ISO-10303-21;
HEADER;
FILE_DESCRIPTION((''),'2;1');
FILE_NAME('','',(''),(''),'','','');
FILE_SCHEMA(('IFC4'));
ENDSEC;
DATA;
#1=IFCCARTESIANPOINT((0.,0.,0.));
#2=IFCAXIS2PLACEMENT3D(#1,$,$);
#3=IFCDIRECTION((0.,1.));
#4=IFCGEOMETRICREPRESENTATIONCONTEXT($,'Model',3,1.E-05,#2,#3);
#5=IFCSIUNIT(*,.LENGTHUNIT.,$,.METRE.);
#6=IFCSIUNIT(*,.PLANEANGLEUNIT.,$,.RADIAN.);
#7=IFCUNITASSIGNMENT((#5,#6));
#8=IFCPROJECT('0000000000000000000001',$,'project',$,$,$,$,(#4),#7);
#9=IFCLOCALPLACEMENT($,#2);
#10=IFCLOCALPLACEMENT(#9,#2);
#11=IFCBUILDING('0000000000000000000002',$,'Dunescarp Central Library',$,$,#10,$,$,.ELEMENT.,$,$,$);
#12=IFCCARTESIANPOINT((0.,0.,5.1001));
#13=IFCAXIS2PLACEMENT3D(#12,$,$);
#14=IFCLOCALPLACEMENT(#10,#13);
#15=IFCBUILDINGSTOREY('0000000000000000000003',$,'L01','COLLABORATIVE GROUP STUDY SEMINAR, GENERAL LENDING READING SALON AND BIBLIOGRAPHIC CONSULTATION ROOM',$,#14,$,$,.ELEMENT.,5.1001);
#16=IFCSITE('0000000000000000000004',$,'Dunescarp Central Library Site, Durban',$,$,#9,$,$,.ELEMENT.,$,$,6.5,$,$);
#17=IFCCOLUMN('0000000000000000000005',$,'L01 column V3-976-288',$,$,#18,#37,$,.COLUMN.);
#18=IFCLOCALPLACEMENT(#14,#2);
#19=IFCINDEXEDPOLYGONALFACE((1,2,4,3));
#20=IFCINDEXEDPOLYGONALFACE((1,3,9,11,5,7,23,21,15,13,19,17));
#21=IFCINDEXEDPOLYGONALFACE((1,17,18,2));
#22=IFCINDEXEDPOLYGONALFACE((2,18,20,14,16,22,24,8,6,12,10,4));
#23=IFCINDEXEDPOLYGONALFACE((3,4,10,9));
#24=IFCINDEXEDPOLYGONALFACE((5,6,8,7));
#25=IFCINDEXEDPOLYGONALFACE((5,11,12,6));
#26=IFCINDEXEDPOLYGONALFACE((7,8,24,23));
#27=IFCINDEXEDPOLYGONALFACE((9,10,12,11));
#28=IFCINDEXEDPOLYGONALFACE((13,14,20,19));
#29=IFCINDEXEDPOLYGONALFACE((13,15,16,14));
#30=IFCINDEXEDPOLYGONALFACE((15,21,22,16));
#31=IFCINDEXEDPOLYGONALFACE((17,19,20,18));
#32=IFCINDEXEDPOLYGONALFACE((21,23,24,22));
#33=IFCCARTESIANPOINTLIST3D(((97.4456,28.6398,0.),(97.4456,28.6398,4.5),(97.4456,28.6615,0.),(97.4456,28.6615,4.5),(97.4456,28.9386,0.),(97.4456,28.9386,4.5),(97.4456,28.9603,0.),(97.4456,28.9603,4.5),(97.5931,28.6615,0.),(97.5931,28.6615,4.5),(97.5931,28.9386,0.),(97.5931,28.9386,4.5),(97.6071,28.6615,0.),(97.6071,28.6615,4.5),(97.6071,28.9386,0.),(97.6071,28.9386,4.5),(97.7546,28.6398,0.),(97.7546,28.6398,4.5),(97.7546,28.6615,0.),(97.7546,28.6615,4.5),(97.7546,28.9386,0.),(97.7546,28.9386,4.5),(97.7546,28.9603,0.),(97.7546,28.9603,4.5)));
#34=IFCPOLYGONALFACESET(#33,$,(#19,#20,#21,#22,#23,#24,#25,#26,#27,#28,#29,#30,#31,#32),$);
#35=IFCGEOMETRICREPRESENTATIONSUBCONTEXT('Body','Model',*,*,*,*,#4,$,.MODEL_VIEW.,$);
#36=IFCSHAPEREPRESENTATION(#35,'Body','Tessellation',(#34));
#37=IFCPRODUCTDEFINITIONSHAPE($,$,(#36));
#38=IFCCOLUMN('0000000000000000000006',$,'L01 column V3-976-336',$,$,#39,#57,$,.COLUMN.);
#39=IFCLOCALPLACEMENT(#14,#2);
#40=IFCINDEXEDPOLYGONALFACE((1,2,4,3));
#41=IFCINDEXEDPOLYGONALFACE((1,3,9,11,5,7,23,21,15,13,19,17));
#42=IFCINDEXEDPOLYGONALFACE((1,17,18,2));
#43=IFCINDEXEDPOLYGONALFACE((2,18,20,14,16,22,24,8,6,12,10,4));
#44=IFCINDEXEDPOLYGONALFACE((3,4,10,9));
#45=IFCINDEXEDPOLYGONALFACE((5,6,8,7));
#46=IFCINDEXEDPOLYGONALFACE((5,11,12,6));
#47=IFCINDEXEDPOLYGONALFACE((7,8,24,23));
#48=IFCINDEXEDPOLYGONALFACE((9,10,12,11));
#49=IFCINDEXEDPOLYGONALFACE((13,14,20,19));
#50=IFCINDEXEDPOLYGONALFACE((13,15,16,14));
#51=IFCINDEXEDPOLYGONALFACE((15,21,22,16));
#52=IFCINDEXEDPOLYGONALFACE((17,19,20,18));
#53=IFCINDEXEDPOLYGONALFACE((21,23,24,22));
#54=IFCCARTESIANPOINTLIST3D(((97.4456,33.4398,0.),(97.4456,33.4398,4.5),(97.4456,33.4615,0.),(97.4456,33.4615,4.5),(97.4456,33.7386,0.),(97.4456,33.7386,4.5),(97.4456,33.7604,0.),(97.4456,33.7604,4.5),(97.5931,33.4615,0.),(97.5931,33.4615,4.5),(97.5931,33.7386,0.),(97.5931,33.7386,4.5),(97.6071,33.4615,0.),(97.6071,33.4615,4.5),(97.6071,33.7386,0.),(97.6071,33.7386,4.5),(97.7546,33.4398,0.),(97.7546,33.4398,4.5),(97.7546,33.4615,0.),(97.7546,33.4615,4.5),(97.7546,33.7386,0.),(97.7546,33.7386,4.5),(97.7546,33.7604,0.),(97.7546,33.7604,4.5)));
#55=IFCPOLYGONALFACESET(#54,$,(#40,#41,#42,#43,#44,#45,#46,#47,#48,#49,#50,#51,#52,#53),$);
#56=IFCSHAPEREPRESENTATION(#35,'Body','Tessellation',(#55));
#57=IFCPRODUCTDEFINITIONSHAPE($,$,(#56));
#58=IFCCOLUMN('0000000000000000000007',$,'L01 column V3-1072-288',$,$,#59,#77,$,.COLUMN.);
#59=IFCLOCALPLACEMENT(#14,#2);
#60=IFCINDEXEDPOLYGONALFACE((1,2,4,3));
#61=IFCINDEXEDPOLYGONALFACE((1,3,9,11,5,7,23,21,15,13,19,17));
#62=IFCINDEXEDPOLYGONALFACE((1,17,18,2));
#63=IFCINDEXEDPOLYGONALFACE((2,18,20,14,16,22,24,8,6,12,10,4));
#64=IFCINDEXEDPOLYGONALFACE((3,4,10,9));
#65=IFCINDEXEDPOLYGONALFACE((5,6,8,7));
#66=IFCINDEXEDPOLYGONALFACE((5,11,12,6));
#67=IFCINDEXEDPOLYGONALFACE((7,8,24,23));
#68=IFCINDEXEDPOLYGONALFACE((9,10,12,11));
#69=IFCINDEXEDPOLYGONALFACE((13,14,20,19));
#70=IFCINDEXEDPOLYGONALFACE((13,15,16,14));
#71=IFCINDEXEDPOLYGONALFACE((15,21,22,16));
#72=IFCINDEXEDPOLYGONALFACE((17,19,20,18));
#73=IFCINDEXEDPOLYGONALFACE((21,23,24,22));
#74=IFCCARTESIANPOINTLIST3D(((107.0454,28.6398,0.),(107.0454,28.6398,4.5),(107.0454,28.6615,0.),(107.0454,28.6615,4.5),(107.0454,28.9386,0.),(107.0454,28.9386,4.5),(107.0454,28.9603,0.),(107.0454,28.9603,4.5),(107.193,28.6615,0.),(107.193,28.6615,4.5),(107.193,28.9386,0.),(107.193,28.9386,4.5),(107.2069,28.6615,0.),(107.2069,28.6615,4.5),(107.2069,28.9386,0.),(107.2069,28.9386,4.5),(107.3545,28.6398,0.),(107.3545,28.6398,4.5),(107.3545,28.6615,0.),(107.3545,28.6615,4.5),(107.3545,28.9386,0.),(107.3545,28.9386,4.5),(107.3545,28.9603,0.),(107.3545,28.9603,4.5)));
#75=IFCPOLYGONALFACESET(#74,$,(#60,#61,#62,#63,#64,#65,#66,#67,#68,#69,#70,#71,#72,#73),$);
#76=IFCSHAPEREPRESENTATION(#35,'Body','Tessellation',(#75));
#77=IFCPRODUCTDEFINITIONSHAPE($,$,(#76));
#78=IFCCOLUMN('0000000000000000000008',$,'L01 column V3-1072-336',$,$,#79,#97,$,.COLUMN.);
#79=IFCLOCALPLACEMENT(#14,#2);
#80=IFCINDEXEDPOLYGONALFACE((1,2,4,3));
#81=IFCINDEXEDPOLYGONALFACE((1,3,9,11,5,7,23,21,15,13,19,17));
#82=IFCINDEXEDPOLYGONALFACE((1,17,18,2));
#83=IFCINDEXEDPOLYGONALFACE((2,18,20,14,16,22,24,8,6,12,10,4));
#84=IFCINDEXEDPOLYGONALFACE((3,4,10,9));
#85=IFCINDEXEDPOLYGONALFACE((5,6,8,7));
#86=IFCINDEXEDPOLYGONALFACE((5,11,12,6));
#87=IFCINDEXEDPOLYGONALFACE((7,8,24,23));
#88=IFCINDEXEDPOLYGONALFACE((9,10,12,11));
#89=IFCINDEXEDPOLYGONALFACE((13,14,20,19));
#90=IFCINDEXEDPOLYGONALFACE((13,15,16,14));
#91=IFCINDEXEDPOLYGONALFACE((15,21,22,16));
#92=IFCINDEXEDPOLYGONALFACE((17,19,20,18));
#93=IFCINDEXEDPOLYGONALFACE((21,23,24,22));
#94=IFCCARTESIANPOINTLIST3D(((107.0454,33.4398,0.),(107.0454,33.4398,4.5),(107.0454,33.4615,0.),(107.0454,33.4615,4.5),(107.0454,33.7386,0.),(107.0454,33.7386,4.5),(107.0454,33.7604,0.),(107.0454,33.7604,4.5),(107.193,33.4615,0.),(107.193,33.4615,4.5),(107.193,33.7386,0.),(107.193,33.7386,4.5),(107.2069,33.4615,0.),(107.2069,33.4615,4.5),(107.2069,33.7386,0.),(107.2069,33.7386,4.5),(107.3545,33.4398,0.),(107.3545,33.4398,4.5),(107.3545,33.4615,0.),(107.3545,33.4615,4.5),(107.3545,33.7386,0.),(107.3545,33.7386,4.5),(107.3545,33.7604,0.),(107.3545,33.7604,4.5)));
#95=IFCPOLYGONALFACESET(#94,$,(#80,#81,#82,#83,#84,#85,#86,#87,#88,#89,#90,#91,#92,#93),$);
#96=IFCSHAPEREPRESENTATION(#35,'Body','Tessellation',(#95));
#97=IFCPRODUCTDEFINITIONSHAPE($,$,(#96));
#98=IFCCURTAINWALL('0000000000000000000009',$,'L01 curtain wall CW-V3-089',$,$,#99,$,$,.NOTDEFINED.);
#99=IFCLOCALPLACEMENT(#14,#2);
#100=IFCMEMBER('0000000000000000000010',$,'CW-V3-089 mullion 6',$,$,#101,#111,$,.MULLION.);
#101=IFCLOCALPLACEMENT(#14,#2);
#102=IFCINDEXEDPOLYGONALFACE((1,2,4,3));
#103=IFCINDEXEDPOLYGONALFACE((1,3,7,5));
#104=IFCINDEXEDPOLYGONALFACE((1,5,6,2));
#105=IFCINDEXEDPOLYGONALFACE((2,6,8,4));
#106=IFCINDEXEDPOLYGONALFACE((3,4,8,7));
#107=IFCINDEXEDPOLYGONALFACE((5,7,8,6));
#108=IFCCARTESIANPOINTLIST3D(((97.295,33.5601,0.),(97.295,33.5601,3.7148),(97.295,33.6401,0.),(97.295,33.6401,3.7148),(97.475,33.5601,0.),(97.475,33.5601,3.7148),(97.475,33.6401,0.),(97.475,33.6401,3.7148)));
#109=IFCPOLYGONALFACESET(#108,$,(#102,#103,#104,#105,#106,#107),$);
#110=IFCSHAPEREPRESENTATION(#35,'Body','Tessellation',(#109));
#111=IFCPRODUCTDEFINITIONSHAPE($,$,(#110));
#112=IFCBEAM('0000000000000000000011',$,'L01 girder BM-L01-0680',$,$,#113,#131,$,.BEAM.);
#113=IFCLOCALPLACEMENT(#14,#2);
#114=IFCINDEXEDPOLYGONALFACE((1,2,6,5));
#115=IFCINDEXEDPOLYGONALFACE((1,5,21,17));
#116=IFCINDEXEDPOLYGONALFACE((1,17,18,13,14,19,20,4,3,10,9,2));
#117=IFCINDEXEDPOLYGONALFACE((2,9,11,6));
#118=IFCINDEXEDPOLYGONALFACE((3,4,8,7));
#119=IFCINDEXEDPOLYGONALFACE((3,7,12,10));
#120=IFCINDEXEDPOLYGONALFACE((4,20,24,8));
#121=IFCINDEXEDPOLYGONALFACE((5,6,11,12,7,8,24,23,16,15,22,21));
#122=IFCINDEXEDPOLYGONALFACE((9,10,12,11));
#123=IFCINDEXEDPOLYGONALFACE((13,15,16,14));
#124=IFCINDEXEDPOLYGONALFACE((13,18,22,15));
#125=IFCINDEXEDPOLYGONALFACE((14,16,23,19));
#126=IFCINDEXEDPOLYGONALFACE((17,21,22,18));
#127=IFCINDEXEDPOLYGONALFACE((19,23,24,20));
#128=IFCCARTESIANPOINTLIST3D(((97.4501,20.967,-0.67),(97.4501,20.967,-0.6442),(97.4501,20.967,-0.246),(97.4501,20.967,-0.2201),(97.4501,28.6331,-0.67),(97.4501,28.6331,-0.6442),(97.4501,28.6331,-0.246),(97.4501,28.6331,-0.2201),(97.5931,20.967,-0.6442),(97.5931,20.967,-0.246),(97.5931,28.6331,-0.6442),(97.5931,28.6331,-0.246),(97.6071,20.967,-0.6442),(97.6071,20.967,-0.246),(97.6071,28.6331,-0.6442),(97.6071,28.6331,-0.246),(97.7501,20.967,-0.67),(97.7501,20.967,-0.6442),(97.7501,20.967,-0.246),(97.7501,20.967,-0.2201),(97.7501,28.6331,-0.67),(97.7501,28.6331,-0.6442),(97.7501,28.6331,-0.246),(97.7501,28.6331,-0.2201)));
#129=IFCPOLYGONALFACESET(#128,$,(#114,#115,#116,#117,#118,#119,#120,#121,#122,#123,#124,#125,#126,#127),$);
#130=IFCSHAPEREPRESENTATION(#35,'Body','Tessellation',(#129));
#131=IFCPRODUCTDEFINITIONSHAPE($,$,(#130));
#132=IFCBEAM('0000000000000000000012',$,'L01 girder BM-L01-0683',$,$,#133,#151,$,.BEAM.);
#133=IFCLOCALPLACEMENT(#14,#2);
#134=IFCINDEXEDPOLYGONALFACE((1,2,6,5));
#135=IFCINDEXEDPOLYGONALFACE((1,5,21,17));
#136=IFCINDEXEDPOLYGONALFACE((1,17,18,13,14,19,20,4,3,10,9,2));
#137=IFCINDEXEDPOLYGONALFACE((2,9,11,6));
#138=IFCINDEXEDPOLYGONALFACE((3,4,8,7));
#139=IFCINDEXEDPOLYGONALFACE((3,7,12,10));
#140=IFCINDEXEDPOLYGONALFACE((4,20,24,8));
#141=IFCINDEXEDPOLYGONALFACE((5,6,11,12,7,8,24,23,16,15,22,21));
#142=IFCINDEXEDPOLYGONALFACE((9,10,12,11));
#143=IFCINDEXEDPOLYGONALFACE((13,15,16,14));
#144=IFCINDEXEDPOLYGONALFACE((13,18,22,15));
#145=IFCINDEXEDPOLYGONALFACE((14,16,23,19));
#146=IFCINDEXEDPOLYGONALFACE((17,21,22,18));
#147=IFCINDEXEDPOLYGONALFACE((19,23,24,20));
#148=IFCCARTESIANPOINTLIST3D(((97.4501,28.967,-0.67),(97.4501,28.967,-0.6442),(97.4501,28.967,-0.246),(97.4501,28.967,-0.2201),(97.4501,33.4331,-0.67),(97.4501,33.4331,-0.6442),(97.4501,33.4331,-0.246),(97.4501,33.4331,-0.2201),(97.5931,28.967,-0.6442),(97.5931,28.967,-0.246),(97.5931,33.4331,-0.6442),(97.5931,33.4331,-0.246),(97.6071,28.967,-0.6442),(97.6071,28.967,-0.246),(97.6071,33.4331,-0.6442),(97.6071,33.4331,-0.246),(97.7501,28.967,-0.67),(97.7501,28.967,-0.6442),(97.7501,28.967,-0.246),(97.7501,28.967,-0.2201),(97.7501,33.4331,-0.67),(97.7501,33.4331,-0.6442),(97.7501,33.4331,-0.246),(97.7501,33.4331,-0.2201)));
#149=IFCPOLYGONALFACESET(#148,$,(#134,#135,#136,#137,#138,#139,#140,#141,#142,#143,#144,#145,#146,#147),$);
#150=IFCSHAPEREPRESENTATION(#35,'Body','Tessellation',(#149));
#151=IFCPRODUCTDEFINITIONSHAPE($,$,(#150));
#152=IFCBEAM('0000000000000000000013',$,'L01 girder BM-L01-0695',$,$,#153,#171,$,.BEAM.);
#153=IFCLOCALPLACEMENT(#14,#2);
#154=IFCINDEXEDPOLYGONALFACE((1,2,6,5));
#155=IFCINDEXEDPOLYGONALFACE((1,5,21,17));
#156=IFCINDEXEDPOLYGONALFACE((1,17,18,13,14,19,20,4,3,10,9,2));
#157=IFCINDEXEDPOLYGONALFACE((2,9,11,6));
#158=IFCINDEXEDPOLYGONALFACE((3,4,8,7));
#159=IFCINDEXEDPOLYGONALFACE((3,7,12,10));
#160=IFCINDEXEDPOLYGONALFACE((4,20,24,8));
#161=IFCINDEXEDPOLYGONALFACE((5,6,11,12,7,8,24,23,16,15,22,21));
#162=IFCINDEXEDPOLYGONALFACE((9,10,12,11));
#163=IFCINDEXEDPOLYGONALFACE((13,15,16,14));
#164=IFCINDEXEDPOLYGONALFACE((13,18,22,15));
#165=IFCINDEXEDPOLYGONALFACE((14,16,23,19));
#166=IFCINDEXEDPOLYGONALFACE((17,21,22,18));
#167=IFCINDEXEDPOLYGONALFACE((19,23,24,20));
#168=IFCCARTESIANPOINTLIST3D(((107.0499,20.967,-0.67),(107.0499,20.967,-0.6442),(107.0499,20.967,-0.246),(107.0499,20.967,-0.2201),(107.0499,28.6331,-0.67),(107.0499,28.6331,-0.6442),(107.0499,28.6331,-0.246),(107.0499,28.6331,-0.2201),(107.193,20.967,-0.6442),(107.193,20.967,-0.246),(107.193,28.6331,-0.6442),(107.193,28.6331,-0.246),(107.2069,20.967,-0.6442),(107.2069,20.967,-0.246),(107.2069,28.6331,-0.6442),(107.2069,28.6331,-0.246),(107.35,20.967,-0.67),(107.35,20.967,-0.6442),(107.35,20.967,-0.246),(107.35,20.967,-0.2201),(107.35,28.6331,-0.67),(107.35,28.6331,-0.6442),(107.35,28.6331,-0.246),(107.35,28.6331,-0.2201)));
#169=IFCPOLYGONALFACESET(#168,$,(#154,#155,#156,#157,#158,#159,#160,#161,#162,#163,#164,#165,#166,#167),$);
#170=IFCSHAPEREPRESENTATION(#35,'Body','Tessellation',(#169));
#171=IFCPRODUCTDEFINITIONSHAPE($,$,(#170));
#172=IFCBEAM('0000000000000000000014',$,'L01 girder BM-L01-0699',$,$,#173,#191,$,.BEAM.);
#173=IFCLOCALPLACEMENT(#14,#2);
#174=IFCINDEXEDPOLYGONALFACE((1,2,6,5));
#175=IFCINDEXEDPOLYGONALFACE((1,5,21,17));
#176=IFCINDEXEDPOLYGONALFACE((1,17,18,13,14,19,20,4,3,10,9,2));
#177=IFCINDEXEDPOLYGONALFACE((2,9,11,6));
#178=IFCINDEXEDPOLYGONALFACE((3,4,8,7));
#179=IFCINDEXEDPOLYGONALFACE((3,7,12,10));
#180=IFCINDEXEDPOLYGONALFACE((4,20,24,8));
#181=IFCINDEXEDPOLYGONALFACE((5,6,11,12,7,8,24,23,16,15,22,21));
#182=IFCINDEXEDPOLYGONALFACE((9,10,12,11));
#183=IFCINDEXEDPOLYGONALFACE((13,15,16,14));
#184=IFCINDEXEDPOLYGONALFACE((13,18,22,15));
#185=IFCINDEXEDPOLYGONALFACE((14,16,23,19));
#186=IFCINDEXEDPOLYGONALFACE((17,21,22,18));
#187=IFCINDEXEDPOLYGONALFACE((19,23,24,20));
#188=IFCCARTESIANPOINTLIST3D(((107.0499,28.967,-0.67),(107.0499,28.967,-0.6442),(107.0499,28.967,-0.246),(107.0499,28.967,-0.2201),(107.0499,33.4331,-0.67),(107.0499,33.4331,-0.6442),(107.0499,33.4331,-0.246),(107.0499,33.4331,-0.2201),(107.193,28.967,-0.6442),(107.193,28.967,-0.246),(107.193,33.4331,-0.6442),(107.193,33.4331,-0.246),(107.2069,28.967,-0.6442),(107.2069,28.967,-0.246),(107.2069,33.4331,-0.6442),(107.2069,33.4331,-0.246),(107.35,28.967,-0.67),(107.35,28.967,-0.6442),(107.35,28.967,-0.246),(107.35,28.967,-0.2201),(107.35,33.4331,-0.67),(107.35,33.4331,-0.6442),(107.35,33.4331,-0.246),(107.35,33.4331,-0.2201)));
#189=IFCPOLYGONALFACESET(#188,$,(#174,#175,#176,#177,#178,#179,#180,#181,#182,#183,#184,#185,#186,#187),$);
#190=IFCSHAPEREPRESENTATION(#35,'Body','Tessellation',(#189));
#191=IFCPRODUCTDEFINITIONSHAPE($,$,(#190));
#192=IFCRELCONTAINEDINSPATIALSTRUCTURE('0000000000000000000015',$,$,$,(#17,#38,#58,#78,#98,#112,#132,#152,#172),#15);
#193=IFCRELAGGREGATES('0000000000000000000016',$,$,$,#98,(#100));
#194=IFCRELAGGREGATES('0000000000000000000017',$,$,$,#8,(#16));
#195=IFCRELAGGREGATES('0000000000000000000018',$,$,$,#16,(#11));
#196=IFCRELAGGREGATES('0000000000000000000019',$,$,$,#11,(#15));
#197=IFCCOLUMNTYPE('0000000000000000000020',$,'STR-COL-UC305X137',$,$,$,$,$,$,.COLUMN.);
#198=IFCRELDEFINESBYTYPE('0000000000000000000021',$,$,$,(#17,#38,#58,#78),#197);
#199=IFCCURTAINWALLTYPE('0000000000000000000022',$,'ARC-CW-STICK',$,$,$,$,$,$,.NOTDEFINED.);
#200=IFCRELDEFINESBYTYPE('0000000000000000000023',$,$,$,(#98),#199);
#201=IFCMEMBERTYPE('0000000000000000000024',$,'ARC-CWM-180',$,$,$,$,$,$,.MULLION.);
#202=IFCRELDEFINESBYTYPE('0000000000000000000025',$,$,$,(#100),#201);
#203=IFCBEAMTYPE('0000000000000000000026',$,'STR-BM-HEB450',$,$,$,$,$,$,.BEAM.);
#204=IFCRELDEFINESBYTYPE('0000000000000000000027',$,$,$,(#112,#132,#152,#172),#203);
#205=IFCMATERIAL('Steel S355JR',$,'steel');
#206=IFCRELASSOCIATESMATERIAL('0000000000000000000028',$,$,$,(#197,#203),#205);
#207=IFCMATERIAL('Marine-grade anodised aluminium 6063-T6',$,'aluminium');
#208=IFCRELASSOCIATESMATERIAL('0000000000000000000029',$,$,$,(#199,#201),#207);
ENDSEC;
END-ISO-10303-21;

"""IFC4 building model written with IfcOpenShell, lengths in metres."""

from ifc_helpers import new_model, si_unit, direction, frame, origin, origin_2d, place, context, subcontext, project, spatial, rectangle, i_section, extrude, material, material_profile, profile_set, type_object, element, aggregate, save


model = new_model("IFC4")

# Units and contexts
model_context = context("Model", 3, precision=1e-05, world=origin(), true_north=direction((0.0, 1.0)))
body_context = subcontext(model_context, "Body", "Model", "MODEL_VIEW")
ifc_project = project(units=[si_unit("LENGTHUNIT", "METRE"), si_unit("PLANEANGLEUNIT", "RADIAN")], contexts=[model_context])

# Site, building, storey
site_placement = place(None, origin())
site = spatial("IfcSite", under=ifc_project, at=site_placement, Name="Dunescarp Central Library Site, Durban", CompositionType="ELEMENT", RefElevation=6.5)
building_placement = place(site_placement, origin())
building = spatial("IfcBuilding", under=site, at=building_placement, Name="Dunescarp Central Library", CompositionType="ELEMENT")
storey_placement = place(building_placement, frame((0.0, 0.0, 5.1001)))
storey = spatial("IfcBuildingStorey", under=building, at=storey_placement, Name="L01", Description="COLLABORATIVE GROUP STUDY SEMINAR, GENERAL LENDING READING SALON AND BIBLIOGRAPHIC CONSULTATION ROOM", CompositionType="ELEMENT", Elevation=5.1001)

# Columns
ifc_material_1 = material(Name="Steel S355JR", Category="steel")
ifc_material_profile_1 = material_profile(ifc_material_1, i_section(OverallWidth=0.3091, OverallDepth=0.3206, WebThickness=0.0139, FlangeThickness=0.0217, at=origin_2d()), Name="UC 305x305x137")
ifc_profile_set_1 = profile_set([ifc_material_profile_1], Name="Steel S355JR")
column_type = type_object("IfcColumnType", Name="STR-COL-UC305X137", PredefinedType="COLUMN", material=ifc_profile_set_1)
for number, where, z_axis, x_axis, name in (
    (1, (97.6001, 28.8, 0.0), (0.0, 0.0, 1.0), (1.0, 0.0, 0.0), "L01 column V3-976-288"),
    (2, (97.6001, 33.6001, 0.0), (0.0, 0.0, 1.0), (1.0, 0.0, 0.0), "L01 column V3-976-336"),
    (3, (107.2, 28.8, 0.0), (0.0, 0.0, 1.0), (1.0, 0.0, 0.0), "L01 column V3-1072-288"),
    (4, (107.2, 33.6001, 0.0), (0.0, 0.0, 1.0), (1.0, 0.0, 0.0), "L01 column V3-1072-336"),
):
    element("IfcColumn", number, at=place(storey_placement, frame(where, z_axis=z_axis, x_axis=x_axis)), inside=storey, type_object=column_type, Name=name, PredefinedType="COLUMN", context=body_context, shape_type="SweptSolid", body=[
        extrude(i_section(OverallWidth=0.3091, OverallDepth=0.3206, WebThickness=0.0139, FlangeThickness=0.0217, at=origin_2d()), origin(), (0.0, 0.0, 1.0), 4.5),
    ])

# Curtain wall, member
ifc_material_2 = material(Name="Marine-grade anodised aluminium 6063-T6", Category="aluminium")
curtain_wall_type = type_object("IfcCurtainWallType", Name="ARC-CW-STICK", PredefinedType="NOTDEFINED", material=ifc_material_2)
curtain_wall_placement = place(storey_placement, origin())
curtain_wall = element("IfcCurtainWall", 5, at=curtain_wall_placement, inside=storey, type_object=curtain_wall_type, Name="L01 curtain wall CW-V3-089", PredefinedType="NOTDEFINED")
ifc_material_profile_2 = material_profile(ifc_material_2, rectangle(XDim=0.0801, YDim=0.1799, at=origin_2d()), Name="AL 80x180")
ifc_profile_set_2 = profile_set([ifc_material_profile_2], Name="Marine-grade anodised aluminium 6063-T6")
member_type = type_object("IfcMemberType", Name="ARC-CWM-180", PredefinedType="MULLION", material=ifc_profile_set_2)
member_placement = place(storey_placement, frame((97.385, 33.6001, 0.0), z_axis=(0.0, 0.0, 1.0), x_axis=(0.0, 1.0, 0.0)))
member = element("IfcMember", 6, at=member_placement, type_object=member_type, Name="CW-V3-089 mullion 6", PredefinedType="MULLION", context=body_context, shape_type="SweptSolid", body=[
    extrude(rectangle(XDim=0.0801, YDim=0.1799, at=origin_2d()), origin(), (0.0, 0.0, 1.0), 3.7148),
])

# Beams
ifc_material_profile_3 = material_profile(ifc_material_1, i_section(OverallWidth=0.3, OverallDepth=0.45, WebThickness=0.0139, FlangeThickness=0.0259, at=origin_2d()), Name="HEB 450")
ifc_profile_set_3 = profile_set([ifc_material_profile_3], Name="Steel S355JR")
beam_type_1 = type_object("IfcBeamType", Name="STR-BM-HEB450", PredefinedType="BEAM", material=ifc_profile_set_3)
beam_1_placement = place(storey_placement, frame((97.6001, 20.967, -0.4451), z_axis=(0.0, 1.0, 0.0), x_axis=(-1.0, 0.0, 0.0)))
element("IfcBeam", 7, at=beam_1_placement, inside=storey, type_object=beam_type_1, Name="L01 girder BM-L01-0680", PredefinedType="BEAM", context=body_context, shape_type="SweptSolid", body=[
    extrude(i_section(OverallWidth=0.3, OverallDepth=0.45, WebThickness=0.0139, FlangeThickness=0.0259, at=origin_2d()), origin(), (0.0, 0.0, 1.0), 7.666),
])
beam_2_placement = place(storey_placement, frame((97.6001, 28.967, -0.4451), z_axis=(0.0, 1.0, 0.0), x_axis=(-1.0, 0.0, 0.0)))
element("IfcBeam", 8, at=beam_2_placement, inside=storey, type_object=beam_type_1, Name="L01 girder BM-L01-0683", PredefinedType="BEAM", context=body_context, shape_type="SweptSolid", body=[
    extrude(i_section(OverallWidth=0.3, OverallDepth=0.45, WebThickness=0.0139, FlangeThickness=0.0259, at=origin_2d()), origin(), (0.0, 0.0, 1.0), 4.4661),
])
beam_3_placement = place(storey_placement, frame((107.2, 20.967, -0.4451), z_axis=(0.0, 1.0, 0.0), x_axis=(-1.0, 0.0, 0.0)))
element("IfcBeam", 9, at=beam_3_placement, inside=storey, type_object=beam_type_1, Name="L01 girder BM-L01-0695", PredefinedType="BEAM", context=body_context, shape_type="SweptSolid", body=[
    extrude(i_section(OverallWidth=0.3, OverallDepth=0.45, WebThickness=0.0139, FlangeThickness=0.0259, at=origin_2d()), origin(), (0.0, 0.0, 1.0), 7.666),
])
beam_4_placement = place(storey_placement, frame((107.2, 28.967, -0.4451), z_axis=(0.0, 1.0, 0.0), x_axis=(-1.0, 0.0, 0.0)))
element("IfcBeam", 10, at=beam_4_placement, inside=storey, type_object=beam_type_1, Name="L01 girder BM-L01-0699", PredefinedType="BEAM", context=body_context, shape_type="SweptSolid", body=[
    extrude(i_section(OverallWidth=0.3, OverallDepth=0.45, WebThickness=0.0139, FlangeThickness=0.0259, at=origin_2d()), origin(), (0.0, 0.0, 1.0), 4.4661),
])

aggregate(curtain_wall, [member])

save(model, "model.ifc")
